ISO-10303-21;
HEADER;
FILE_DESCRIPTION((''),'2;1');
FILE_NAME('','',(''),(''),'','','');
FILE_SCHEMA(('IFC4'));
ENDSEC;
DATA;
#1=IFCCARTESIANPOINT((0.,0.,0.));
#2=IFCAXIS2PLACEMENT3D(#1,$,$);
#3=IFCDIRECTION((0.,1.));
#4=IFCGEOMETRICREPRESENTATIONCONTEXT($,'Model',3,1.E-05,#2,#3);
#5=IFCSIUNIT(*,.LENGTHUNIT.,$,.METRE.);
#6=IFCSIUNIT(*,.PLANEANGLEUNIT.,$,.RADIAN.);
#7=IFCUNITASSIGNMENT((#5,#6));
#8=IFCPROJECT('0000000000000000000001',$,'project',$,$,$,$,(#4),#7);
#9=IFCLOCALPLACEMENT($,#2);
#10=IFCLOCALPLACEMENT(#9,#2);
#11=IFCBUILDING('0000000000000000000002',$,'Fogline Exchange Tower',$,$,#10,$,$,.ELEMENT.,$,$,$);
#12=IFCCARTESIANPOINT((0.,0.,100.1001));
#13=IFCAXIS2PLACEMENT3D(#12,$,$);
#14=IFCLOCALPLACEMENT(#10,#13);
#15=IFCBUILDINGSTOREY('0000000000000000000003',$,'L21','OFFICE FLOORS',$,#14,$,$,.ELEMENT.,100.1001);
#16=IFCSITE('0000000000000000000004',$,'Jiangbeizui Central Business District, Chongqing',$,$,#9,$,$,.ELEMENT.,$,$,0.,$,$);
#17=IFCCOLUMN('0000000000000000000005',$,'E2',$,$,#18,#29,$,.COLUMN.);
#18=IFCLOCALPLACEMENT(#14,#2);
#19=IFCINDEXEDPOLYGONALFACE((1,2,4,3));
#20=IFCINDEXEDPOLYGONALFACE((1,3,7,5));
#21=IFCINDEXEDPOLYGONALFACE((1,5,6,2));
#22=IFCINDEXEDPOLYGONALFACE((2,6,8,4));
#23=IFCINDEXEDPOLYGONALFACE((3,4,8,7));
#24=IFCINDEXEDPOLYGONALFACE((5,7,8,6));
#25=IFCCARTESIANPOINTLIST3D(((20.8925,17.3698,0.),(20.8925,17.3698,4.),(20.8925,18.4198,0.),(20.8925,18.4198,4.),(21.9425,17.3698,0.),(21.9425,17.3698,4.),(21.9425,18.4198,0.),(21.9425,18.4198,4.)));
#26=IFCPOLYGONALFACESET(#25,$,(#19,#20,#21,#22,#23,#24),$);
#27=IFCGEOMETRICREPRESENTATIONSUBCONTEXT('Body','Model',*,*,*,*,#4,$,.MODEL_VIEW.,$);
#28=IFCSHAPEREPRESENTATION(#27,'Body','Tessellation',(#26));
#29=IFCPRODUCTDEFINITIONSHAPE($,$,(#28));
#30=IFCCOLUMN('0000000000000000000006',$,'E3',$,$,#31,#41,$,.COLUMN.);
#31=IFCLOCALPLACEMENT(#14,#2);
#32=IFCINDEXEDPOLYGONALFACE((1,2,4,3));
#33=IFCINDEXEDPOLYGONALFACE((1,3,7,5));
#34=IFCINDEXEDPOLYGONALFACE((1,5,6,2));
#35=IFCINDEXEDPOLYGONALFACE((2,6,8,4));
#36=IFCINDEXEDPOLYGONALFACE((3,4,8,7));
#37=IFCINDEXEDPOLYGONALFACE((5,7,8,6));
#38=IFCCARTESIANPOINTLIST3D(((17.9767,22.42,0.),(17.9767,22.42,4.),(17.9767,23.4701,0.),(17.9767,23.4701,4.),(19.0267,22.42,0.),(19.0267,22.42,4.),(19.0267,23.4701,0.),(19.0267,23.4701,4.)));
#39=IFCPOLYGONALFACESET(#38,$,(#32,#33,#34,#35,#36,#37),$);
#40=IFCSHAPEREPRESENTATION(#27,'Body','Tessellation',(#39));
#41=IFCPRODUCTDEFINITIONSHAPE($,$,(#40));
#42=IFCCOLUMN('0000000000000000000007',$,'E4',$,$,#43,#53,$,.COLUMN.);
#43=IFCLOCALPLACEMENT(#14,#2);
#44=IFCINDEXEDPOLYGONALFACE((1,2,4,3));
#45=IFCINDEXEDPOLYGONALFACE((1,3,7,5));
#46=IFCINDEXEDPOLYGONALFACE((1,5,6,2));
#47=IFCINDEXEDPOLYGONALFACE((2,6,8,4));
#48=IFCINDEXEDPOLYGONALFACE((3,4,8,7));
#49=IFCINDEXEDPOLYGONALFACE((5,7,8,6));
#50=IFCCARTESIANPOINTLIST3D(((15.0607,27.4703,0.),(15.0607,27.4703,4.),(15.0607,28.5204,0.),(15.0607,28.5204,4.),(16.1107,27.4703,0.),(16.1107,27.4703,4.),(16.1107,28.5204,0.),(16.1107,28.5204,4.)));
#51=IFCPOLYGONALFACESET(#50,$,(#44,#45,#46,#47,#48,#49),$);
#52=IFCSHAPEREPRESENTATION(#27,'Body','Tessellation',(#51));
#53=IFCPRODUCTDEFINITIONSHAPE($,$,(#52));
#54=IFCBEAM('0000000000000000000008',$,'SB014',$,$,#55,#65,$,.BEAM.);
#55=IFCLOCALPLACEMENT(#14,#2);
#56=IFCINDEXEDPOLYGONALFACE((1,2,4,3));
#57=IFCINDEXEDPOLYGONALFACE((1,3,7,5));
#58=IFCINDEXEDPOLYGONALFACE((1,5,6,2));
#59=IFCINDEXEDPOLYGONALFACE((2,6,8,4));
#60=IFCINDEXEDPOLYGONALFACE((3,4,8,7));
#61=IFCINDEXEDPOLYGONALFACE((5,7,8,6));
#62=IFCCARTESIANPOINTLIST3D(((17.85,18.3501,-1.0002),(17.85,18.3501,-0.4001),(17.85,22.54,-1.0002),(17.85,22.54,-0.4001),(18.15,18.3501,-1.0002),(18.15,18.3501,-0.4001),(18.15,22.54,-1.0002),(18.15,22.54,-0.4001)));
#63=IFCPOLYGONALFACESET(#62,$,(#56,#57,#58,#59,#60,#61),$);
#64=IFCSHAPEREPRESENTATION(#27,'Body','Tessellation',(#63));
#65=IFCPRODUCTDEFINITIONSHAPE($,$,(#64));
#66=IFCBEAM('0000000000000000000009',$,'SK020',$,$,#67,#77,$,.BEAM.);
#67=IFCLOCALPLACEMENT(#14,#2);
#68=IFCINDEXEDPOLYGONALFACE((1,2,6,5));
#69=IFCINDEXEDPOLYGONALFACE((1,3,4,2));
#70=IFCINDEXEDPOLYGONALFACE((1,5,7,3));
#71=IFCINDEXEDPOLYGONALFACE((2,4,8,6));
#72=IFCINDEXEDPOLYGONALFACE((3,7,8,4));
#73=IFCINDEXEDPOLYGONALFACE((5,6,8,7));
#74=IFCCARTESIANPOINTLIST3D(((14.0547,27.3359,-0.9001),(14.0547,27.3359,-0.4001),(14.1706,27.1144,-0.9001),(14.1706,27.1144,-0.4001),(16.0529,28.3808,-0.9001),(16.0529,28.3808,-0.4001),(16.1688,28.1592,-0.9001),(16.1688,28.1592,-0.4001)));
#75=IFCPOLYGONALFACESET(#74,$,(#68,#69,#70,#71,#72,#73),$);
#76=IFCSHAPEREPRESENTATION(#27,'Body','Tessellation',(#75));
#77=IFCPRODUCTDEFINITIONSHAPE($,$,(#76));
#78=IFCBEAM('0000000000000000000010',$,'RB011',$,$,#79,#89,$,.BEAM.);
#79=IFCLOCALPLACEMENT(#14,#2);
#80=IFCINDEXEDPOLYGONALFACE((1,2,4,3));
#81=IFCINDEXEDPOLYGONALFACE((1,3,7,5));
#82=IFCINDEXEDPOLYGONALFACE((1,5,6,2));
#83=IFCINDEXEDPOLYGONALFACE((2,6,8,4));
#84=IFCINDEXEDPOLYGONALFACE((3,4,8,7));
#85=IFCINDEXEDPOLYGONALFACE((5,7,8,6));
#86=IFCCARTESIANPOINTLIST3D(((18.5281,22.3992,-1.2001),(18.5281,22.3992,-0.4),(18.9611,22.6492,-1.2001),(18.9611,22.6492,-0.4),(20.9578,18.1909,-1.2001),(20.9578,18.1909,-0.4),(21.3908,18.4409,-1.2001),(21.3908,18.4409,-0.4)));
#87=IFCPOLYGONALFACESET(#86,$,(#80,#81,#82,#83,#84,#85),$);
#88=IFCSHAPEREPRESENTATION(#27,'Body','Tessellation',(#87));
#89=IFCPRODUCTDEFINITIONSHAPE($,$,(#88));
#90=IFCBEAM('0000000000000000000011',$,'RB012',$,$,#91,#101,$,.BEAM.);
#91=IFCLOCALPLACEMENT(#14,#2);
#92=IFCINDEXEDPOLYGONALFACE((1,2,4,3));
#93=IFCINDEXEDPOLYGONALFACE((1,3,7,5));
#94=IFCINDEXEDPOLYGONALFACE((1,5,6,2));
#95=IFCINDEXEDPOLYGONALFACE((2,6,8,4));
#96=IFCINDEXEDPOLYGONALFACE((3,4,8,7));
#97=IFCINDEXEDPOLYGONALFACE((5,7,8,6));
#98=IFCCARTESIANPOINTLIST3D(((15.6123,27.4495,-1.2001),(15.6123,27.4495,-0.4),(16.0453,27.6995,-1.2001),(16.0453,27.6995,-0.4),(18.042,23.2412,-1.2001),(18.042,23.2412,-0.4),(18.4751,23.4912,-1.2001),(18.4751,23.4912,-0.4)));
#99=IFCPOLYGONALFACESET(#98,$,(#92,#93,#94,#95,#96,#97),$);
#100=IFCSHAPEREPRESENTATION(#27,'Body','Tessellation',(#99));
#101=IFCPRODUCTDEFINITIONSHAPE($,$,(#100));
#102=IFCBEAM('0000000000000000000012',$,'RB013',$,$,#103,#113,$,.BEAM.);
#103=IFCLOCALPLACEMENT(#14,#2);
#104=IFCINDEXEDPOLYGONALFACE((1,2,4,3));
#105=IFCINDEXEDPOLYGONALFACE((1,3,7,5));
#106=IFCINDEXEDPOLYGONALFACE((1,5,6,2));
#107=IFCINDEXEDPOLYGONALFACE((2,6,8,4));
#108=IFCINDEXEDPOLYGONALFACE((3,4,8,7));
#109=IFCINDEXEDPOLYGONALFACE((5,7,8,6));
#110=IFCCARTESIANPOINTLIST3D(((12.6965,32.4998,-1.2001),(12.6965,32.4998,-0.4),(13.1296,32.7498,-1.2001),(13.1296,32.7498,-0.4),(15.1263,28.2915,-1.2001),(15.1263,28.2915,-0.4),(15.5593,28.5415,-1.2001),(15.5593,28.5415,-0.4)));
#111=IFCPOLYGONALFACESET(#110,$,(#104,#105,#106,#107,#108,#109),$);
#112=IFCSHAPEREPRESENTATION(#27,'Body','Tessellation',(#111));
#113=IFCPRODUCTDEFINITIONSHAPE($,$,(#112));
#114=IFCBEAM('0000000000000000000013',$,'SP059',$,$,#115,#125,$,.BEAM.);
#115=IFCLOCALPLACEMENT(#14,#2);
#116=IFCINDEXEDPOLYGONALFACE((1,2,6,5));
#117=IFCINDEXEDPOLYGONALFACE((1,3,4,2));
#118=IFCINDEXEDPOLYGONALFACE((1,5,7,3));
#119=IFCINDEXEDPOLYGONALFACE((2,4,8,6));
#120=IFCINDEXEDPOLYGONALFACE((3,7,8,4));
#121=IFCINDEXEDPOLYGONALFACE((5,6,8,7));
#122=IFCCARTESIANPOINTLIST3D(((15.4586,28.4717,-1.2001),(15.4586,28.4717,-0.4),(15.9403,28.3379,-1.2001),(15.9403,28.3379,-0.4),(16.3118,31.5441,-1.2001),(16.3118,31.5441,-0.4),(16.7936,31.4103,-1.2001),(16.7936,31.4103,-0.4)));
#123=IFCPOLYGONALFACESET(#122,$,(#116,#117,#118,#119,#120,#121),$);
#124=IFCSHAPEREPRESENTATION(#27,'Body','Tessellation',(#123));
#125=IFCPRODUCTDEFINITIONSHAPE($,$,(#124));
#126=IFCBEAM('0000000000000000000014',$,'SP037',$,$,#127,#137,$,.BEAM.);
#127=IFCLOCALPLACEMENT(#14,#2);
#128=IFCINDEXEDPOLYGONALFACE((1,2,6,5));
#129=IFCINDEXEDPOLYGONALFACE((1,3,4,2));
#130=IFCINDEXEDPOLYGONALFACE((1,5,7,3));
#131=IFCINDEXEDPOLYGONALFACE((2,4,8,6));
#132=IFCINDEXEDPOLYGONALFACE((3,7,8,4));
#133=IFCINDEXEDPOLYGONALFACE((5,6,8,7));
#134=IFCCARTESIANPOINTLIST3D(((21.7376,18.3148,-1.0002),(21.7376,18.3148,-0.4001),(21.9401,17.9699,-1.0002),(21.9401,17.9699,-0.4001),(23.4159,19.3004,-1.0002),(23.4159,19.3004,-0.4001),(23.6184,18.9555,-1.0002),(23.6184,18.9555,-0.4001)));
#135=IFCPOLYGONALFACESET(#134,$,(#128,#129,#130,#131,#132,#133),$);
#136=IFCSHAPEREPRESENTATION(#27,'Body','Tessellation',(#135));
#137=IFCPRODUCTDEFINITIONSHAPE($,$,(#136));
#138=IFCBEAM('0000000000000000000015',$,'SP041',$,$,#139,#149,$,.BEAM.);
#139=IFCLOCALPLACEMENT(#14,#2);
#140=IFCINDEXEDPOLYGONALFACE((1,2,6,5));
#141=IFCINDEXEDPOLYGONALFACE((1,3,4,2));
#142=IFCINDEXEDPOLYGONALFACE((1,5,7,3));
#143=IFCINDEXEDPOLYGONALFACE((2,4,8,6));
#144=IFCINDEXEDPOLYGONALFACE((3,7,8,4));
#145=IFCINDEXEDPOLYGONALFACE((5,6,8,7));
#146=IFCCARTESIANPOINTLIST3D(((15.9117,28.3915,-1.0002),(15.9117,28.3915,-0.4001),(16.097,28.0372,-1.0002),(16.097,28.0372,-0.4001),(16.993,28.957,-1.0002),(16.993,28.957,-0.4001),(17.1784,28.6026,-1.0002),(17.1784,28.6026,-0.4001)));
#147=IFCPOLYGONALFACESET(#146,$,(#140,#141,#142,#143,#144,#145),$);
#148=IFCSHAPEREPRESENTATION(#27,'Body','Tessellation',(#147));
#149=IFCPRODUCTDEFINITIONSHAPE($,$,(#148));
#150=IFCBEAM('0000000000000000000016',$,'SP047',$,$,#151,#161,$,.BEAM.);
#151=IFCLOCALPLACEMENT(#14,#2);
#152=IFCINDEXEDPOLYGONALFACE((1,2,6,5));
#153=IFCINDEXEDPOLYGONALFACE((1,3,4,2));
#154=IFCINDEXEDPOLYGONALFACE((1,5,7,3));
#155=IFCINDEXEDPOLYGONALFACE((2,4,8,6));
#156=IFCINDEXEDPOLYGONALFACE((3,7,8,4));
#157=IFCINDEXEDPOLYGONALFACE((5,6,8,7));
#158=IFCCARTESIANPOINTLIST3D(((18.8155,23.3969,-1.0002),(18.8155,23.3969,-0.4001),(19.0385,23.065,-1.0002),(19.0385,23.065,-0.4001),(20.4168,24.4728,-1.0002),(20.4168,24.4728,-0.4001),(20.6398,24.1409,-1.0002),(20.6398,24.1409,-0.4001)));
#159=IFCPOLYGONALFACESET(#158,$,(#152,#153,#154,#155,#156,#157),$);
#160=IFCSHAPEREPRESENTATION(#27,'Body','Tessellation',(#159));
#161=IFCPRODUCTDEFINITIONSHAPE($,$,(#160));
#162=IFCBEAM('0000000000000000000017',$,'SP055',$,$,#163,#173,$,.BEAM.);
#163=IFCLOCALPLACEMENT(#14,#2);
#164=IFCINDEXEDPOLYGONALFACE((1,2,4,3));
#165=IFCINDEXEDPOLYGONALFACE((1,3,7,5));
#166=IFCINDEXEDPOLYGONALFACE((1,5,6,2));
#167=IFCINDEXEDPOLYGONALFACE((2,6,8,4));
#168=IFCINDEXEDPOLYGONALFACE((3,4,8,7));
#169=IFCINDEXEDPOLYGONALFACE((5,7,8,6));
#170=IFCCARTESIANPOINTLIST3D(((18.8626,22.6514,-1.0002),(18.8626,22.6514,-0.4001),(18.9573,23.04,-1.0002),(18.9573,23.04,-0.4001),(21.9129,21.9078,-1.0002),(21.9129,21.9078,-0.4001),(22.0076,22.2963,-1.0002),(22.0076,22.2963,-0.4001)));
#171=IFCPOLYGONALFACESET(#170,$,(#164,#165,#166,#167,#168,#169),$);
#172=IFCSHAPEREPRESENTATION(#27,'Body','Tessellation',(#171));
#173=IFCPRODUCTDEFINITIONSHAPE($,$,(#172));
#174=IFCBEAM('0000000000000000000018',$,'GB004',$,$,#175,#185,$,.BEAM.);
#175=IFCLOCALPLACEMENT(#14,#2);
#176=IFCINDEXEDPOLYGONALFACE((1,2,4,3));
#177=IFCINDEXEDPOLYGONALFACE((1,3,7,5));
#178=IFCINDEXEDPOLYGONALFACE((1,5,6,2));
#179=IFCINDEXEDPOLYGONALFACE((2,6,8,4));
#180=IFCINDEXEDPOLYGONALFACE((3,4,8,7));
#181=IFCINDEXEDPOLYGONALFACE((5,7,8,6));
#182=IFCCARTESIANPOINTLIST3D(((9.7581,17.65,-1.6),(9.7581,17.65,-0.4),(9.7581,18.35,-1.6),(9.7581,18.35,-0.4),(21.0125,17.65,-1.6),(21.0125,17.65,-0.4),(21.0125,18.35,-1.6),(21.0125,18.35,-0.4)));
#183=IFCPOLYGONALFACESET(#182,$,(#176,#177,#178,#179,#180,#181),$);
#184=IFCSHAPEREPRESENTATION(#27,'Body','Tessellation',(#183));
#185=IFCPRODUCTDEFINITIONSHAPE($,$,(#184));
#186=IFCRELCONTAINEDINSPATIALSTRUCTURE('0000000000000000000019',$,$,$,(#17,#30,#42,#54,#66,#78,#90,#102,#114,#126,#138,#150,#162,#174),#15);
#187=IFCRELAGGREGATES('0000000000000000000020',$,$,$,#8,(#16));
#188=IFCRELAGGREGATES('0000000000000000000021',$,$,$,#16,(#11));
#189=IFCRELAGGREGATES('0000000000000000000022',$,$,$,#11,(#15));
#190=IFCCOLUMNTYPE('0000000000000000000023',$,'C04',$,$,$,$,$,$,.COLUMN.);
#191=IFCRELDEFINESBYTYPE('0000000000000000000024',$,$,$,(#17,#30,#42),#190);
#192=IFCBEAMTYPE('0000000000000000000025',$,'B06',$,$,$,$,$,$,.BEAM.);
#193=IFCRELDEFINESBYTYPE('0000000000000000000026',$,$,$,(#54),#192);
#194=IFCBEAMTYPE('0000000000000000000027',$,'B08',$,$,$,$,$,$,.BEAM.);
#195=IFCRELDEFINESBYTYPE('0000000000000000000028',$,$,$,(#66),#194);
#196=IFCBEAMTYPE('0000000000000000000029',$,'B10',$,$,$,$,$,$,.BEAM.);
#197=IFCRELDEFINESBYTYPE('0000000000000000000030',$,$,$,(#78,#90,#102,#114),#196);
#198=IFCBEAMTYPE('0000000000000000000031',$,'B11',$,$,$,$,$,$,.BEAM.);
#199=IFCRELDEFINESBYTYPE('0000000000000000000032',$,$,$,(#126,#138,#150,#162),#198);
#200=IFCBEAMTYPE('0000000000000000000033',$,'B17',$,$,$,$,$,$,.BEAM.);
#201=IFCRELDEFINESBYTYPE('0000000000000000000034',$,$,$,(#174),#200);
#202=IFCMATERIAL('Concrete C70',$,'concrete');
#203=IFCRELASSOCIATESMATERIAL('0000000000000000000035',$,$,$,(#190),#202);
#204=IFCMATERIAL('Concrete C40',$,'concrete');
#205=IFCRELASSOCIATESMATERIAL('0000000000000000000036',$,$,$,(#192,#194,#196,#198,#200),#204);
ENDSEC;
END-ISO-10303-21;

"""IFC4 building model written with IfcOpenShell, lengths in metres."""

from ifc_helpers import new_model, si_unit, direction, frame, origin, origin_2d, place, context, subcontext, project, spatial, rectangle, extrude, material, material_profile, profile_set, type_object, element, save


model = new_model("IFC4")

# Units and contexts
model_context = context("Model", 3, precision=1e-05, world=origin(), true_north=direction((0.0, 1.0)))
body_context = subcontext(model_context, "Body", "Model", "MODEL_VIEW")
ifc_project = project(units=[si_unit("LENGTHUNIT", "METRE"), si_unit("PLANEANGLEUNIT", "RADIAN")], contexts=[model_context])

# Site, building, storey
site_placement = place(None, origin())
site = spatial("IfcSite", under=ifc_project, at=site_placement, Name="Jiangbeizui Central Business District, Chongqing", CompositionType="ELEMENT", RefElevation=0.0)
building_placement = place(site_placement, origin())
building = spatial("IfcBuilding", under=site, at=building_placement, Name="Fogline Exchange Tower", CompositionType="ELEMENT")
storey_placement = place(building_placement, frame((0.0, 0.0, 100.1001)))
storey = spatial("IfcBuildingStorey", under=building, at=storey_placement, Name="L21", Description="OFFICE FLOORS", CompositionType="ELEMENT", Elevation=100.1001)

# Columns
ifc_material_1 = material(Name="Concrete C70", Category="concrete")
ifc_material_profile_1 = material_profile(ifc_material_1, rectangle(XDim=1.05, YDim=1.05, at=origin_2d()), Name="RC 1050x1050")
ifc_profile_set_1 = profile_set([ifc_material_profile_1], Name="Concrete C70")
column_type = type_object("IfcColumnType", Name="C04", PredefinedType="COLUMN", material=ifc_profile_set_1)
for number, where, z_axis, x_axis, name in (
    (1, (21.4175, 17.8948, 0.0), (0.0, 0.0, 1.0), (1.0, 0.0, 0.0), "E2"),
    (2, (18.5017, 22.9451, 0.0), (0.0, 0.0, 1.0), (1.0, 0.0, 0.0), "E3"),
    (3, (15.5857, 27.9954, 0.0), (0.0, 0.0, 1.0), (1.0, 0.0, 0.0), "E4"),
):
    element("IfcColumn", number, at=place(storey_placement, frame(where, z_axis=z_axis, x_axis=x_axis)), inside=storey, type_object=column_type, Name=name, PredefinedType="COLUMN", context=body_context, shape_type="SweptSolid", body=[
        extrude(rectangle(XDim=1.05, YDim=1.05, at=origin_2d()), origin(), (0.0, 0.0, 1.0), 4.0),
    ])

# Beams
ifc_material_2 = material(Name="Concrete C40", Category="concrete")
ifc_material_profile_2 = material_profile(ifc_material_2, rectangle(XDim=0.3, YDim=0.6001, at=origin_2d()), Name="RC 300x600")
ifc_profile_set_2 = profile_set([ifc_material_profile_2], Name="Concrete C40")
beam_type_1 = type_object("IfcBeamType", Name="B06", PredefinedType="BEAM", material=ifc_profile_set_2)
beam_1_placement = place(storey_placement, frame((18.0, 18.3501, -0.7002), z_axis=(0.0, 1.0, 0.0), x_axis=(-1.0, 0.0, 0.0)))
element("IfcBeam", 4, at=beam_1_placement, inside=storey, type_object=beam_type_1, Name="SB014", PredefinedType="BEAM", context=body_context, shape_type="SweptSolid", body=[
    extrude(rectangle(XDim=0.3, YDim=0.6001, at=origin_2d()), origin(), (0.0, 0.0, 1.0), 4.1899),
])
ifc_material_profile_3 = material_profile(ifc_material_2, rectangle(XDim=0.25, YDim=0.5, at=origin_2d()), Name="RC 250x500")
ifc_profile_set_3 = profile_set([ifc_material_profile_3], Name="Concrete C40")
beam_type_2 = type_object("IfcBeamType", Name="B08", PredefinedType="BEAM", material=ifc_profile_set_3)
beam_2_placement = place(storey_placement, frame((16.1108, 28.27, -0.6501), z_axis=(-0.88616, -0.46338, 0.0), x_axis=(0.46338, -0.88616, 0.0)))
element("IfcBeam", 5, at=beam_2_placement, inside=storey, type_object=beam_type_2, Name="SK020", PredefinedType="BEAM", context=body_context, shape_type="SweptSolid", body=[
    extrude(rectangle(XDim=0.25, YDim=0.5, at=origin_2d()), origin(), (0.0, 0.0, 1.0), 2.2549),
])
ifc_material_profile_4 = material_profile(ifc_material_2, rectangle(XDim=0.5, YDim=0.8, at=origin_2d()), Name="RC 500x800")
ifc_profile_set_4 = profile_set([ifc_material_profile_4], Name="Concrete C40")
beam_type_3 = type_object("IfcBeamType", Name="B10", PredefinedType="BEAM", material=ifc_profile_set_4)
for number, where, z_axis, x_axis, name in (
    (6, (21.1743, 18.3159, -0.8), (-0.500008, 0.866021, 0.0), (-0.866021, -0.500008, 0.0), "RB011"),
    (7, (18.2585, 23.3662, -0.8), (-0.500008, 0.866021, 0.0), (-0.866021, -0.500008, 0.0), "RB012"),
    (8, (15.3428, 28.4165, -0.8), (-0.500008, 0.866021, 0.0), (-0.866021, -0.500008, 0.0), "RB013"),
):
    element("IfcBeam", number, at=place(storey_placement, frame(where, z_axis=z_axis, x_axis=x_axis)), inside=storey, type_object=beam_type_3, Name=name, PredefinedType="BEAM", context=body_context, shape_type="SweptSolid", body=[
        extrude(rectangle(XDim=0.5, YDim=0.8, at=origin_2d()), origin(), (0.0, 0.0, 1.0), 4.8594),
    ])
beam_3_placement = place(storey_placement, frame((15.6995, 28.4048, -0.8), z_axis=(0.267585, 0.963534, 0.0), x_axis=(-0.963534, 0.267585, 0.0)))
element("IfcBeam", 9, at=beam_3_placement, inside=storey, type_object=beam_type_3, Name="SP059", PredefinedType="BEAM", context=body_context, shape_type="SweptSolid", body=[
    extrude(rectangle(XDim=0.5, YDim=0.8, at=origin_2d()), origin(), (0.0, 0.0, 1.0), 3.1887),
])
ifc_material_profile_5 = material_profile(ifc_material_2, rectangle(XDim=0.3999, YDim=0.6001, at=origin_2d()), Name="RC 400x600")
ifc_profile_set_5 = profile_set([ifc_material_profile_5], Name="Concrete C40")
beam_type_4 = type_object("IfcBeamType", Name="B11", PredefinedType="BEAM", material=ifc_profile_set_5)
beam_4_placement = place(storey_placement, frame((21.8389, 18.1423, -0.7002), z_axis=(0.862292, 0.506411, 0.0), x_axis=(-0.506411, 0.862292, 0.0)))
element("IfcBeam", 10, at=beam_4_placement, inside=storey, type_object=beam_type_4, Name="SP037", PredefinedType="BEAM", context=body_context, shape_type="SweptSolid", body=[
    extrude(rectangle(XDim=0.3999, YDim=0.6001, at=origin_2d()), origin(), (0.0, 0.0, 1.0), 1.9463),
])
beam_5_placement = place(storey_placement, frame((16.0044, 28.2144, -0.7002), z_axis=(0.886156, 0.463386, 0.0), x_axis=(-0.463386, 0.886156, 0.0)))
element("IfcBeam", 11, at=beam_5_placement, inside=storey, type_object=beam_type_4, Name="SP041", PredefinedType="BEAM", context=body_context, shape_type="SweptSolid", body=[
    extrude(rectangle(XDim=0.3999, YDim=0.6001, at=origin_2d()), origin(), (0.0, 0.0, 1.0), 1.2202),
])
beam_6_placement = place(storey_placement, frame((18.927, 23.231, -0.7002), z_axis=(0.83004, 0.557705, 0.0), x_axis=(-0.557705, 0.83004, 0.0)))
element("IfcBeam", 12, at=beam_6_placement, inside=storey, type_object=beam_type_4, Name="SP047", PredefinedType="BEAM", context=body_context, shape_type="SweptSolid", body=[
    extrude(rectangle(XDim=0.3999, YDim=0.6001, at=origin_2d()), origin(), (0.0, 0.0, 1.0), 1.9292),
])
beam_7_placement = place(storey_placement, frame((18.9099, 22.8457, -0.7002), z_axis=(0.971544, -0.23686, 0.0), x_axis=(0.23686, 0.971544, 0.0)))
element("IfcBeam", 13, at=beam_7_placement, inside=storey, type_object=beam_type_4, Name="SP055", PredefinedType="BEAM", context=body_context, shape_type="SweptSolid", body=[
    extrude(rectangle(XDim=0.3999, YDim=0.6001, at=origin_2d()), origin(), (0.0, 0.0, 1.0), 3.1396),
])
ifc_material_profile_6 = material_profile(ifc_material_2, rectangle(XDim=0.7, YDim=1.2, at=origin_2d()), Name="RC 700x1200")
ifc_profile_set_6 = profile_set([ifc_material_profile_6], Name="Concrete C40")
beam_type_5 = type_object("IfcBeamType", Name="B17", PredefinedType="BEAM", material=ifc_profile_set_6)
beam_8_placement = place(storey_placement, frame((9.7581, 18.0, -1.0), z_axis=(1.0, 0.0, 0.0), x_axis=(0.0, 1.0, 0.0)))
element("IfcBeam", 14, at=beam_8_placement, inside=storey, type_object=beam_type_5, Name="GB004", PredefinedType="BEAM", context=body_context, shape_type="SweptSolid", body=[
    extrude(rectangle(XDim=0.7, YDim=1.2, at=origin_2d()), origin(), (0.0, 0.0, 1.0), 11.2544),
])

save(model, "model.ifc")
